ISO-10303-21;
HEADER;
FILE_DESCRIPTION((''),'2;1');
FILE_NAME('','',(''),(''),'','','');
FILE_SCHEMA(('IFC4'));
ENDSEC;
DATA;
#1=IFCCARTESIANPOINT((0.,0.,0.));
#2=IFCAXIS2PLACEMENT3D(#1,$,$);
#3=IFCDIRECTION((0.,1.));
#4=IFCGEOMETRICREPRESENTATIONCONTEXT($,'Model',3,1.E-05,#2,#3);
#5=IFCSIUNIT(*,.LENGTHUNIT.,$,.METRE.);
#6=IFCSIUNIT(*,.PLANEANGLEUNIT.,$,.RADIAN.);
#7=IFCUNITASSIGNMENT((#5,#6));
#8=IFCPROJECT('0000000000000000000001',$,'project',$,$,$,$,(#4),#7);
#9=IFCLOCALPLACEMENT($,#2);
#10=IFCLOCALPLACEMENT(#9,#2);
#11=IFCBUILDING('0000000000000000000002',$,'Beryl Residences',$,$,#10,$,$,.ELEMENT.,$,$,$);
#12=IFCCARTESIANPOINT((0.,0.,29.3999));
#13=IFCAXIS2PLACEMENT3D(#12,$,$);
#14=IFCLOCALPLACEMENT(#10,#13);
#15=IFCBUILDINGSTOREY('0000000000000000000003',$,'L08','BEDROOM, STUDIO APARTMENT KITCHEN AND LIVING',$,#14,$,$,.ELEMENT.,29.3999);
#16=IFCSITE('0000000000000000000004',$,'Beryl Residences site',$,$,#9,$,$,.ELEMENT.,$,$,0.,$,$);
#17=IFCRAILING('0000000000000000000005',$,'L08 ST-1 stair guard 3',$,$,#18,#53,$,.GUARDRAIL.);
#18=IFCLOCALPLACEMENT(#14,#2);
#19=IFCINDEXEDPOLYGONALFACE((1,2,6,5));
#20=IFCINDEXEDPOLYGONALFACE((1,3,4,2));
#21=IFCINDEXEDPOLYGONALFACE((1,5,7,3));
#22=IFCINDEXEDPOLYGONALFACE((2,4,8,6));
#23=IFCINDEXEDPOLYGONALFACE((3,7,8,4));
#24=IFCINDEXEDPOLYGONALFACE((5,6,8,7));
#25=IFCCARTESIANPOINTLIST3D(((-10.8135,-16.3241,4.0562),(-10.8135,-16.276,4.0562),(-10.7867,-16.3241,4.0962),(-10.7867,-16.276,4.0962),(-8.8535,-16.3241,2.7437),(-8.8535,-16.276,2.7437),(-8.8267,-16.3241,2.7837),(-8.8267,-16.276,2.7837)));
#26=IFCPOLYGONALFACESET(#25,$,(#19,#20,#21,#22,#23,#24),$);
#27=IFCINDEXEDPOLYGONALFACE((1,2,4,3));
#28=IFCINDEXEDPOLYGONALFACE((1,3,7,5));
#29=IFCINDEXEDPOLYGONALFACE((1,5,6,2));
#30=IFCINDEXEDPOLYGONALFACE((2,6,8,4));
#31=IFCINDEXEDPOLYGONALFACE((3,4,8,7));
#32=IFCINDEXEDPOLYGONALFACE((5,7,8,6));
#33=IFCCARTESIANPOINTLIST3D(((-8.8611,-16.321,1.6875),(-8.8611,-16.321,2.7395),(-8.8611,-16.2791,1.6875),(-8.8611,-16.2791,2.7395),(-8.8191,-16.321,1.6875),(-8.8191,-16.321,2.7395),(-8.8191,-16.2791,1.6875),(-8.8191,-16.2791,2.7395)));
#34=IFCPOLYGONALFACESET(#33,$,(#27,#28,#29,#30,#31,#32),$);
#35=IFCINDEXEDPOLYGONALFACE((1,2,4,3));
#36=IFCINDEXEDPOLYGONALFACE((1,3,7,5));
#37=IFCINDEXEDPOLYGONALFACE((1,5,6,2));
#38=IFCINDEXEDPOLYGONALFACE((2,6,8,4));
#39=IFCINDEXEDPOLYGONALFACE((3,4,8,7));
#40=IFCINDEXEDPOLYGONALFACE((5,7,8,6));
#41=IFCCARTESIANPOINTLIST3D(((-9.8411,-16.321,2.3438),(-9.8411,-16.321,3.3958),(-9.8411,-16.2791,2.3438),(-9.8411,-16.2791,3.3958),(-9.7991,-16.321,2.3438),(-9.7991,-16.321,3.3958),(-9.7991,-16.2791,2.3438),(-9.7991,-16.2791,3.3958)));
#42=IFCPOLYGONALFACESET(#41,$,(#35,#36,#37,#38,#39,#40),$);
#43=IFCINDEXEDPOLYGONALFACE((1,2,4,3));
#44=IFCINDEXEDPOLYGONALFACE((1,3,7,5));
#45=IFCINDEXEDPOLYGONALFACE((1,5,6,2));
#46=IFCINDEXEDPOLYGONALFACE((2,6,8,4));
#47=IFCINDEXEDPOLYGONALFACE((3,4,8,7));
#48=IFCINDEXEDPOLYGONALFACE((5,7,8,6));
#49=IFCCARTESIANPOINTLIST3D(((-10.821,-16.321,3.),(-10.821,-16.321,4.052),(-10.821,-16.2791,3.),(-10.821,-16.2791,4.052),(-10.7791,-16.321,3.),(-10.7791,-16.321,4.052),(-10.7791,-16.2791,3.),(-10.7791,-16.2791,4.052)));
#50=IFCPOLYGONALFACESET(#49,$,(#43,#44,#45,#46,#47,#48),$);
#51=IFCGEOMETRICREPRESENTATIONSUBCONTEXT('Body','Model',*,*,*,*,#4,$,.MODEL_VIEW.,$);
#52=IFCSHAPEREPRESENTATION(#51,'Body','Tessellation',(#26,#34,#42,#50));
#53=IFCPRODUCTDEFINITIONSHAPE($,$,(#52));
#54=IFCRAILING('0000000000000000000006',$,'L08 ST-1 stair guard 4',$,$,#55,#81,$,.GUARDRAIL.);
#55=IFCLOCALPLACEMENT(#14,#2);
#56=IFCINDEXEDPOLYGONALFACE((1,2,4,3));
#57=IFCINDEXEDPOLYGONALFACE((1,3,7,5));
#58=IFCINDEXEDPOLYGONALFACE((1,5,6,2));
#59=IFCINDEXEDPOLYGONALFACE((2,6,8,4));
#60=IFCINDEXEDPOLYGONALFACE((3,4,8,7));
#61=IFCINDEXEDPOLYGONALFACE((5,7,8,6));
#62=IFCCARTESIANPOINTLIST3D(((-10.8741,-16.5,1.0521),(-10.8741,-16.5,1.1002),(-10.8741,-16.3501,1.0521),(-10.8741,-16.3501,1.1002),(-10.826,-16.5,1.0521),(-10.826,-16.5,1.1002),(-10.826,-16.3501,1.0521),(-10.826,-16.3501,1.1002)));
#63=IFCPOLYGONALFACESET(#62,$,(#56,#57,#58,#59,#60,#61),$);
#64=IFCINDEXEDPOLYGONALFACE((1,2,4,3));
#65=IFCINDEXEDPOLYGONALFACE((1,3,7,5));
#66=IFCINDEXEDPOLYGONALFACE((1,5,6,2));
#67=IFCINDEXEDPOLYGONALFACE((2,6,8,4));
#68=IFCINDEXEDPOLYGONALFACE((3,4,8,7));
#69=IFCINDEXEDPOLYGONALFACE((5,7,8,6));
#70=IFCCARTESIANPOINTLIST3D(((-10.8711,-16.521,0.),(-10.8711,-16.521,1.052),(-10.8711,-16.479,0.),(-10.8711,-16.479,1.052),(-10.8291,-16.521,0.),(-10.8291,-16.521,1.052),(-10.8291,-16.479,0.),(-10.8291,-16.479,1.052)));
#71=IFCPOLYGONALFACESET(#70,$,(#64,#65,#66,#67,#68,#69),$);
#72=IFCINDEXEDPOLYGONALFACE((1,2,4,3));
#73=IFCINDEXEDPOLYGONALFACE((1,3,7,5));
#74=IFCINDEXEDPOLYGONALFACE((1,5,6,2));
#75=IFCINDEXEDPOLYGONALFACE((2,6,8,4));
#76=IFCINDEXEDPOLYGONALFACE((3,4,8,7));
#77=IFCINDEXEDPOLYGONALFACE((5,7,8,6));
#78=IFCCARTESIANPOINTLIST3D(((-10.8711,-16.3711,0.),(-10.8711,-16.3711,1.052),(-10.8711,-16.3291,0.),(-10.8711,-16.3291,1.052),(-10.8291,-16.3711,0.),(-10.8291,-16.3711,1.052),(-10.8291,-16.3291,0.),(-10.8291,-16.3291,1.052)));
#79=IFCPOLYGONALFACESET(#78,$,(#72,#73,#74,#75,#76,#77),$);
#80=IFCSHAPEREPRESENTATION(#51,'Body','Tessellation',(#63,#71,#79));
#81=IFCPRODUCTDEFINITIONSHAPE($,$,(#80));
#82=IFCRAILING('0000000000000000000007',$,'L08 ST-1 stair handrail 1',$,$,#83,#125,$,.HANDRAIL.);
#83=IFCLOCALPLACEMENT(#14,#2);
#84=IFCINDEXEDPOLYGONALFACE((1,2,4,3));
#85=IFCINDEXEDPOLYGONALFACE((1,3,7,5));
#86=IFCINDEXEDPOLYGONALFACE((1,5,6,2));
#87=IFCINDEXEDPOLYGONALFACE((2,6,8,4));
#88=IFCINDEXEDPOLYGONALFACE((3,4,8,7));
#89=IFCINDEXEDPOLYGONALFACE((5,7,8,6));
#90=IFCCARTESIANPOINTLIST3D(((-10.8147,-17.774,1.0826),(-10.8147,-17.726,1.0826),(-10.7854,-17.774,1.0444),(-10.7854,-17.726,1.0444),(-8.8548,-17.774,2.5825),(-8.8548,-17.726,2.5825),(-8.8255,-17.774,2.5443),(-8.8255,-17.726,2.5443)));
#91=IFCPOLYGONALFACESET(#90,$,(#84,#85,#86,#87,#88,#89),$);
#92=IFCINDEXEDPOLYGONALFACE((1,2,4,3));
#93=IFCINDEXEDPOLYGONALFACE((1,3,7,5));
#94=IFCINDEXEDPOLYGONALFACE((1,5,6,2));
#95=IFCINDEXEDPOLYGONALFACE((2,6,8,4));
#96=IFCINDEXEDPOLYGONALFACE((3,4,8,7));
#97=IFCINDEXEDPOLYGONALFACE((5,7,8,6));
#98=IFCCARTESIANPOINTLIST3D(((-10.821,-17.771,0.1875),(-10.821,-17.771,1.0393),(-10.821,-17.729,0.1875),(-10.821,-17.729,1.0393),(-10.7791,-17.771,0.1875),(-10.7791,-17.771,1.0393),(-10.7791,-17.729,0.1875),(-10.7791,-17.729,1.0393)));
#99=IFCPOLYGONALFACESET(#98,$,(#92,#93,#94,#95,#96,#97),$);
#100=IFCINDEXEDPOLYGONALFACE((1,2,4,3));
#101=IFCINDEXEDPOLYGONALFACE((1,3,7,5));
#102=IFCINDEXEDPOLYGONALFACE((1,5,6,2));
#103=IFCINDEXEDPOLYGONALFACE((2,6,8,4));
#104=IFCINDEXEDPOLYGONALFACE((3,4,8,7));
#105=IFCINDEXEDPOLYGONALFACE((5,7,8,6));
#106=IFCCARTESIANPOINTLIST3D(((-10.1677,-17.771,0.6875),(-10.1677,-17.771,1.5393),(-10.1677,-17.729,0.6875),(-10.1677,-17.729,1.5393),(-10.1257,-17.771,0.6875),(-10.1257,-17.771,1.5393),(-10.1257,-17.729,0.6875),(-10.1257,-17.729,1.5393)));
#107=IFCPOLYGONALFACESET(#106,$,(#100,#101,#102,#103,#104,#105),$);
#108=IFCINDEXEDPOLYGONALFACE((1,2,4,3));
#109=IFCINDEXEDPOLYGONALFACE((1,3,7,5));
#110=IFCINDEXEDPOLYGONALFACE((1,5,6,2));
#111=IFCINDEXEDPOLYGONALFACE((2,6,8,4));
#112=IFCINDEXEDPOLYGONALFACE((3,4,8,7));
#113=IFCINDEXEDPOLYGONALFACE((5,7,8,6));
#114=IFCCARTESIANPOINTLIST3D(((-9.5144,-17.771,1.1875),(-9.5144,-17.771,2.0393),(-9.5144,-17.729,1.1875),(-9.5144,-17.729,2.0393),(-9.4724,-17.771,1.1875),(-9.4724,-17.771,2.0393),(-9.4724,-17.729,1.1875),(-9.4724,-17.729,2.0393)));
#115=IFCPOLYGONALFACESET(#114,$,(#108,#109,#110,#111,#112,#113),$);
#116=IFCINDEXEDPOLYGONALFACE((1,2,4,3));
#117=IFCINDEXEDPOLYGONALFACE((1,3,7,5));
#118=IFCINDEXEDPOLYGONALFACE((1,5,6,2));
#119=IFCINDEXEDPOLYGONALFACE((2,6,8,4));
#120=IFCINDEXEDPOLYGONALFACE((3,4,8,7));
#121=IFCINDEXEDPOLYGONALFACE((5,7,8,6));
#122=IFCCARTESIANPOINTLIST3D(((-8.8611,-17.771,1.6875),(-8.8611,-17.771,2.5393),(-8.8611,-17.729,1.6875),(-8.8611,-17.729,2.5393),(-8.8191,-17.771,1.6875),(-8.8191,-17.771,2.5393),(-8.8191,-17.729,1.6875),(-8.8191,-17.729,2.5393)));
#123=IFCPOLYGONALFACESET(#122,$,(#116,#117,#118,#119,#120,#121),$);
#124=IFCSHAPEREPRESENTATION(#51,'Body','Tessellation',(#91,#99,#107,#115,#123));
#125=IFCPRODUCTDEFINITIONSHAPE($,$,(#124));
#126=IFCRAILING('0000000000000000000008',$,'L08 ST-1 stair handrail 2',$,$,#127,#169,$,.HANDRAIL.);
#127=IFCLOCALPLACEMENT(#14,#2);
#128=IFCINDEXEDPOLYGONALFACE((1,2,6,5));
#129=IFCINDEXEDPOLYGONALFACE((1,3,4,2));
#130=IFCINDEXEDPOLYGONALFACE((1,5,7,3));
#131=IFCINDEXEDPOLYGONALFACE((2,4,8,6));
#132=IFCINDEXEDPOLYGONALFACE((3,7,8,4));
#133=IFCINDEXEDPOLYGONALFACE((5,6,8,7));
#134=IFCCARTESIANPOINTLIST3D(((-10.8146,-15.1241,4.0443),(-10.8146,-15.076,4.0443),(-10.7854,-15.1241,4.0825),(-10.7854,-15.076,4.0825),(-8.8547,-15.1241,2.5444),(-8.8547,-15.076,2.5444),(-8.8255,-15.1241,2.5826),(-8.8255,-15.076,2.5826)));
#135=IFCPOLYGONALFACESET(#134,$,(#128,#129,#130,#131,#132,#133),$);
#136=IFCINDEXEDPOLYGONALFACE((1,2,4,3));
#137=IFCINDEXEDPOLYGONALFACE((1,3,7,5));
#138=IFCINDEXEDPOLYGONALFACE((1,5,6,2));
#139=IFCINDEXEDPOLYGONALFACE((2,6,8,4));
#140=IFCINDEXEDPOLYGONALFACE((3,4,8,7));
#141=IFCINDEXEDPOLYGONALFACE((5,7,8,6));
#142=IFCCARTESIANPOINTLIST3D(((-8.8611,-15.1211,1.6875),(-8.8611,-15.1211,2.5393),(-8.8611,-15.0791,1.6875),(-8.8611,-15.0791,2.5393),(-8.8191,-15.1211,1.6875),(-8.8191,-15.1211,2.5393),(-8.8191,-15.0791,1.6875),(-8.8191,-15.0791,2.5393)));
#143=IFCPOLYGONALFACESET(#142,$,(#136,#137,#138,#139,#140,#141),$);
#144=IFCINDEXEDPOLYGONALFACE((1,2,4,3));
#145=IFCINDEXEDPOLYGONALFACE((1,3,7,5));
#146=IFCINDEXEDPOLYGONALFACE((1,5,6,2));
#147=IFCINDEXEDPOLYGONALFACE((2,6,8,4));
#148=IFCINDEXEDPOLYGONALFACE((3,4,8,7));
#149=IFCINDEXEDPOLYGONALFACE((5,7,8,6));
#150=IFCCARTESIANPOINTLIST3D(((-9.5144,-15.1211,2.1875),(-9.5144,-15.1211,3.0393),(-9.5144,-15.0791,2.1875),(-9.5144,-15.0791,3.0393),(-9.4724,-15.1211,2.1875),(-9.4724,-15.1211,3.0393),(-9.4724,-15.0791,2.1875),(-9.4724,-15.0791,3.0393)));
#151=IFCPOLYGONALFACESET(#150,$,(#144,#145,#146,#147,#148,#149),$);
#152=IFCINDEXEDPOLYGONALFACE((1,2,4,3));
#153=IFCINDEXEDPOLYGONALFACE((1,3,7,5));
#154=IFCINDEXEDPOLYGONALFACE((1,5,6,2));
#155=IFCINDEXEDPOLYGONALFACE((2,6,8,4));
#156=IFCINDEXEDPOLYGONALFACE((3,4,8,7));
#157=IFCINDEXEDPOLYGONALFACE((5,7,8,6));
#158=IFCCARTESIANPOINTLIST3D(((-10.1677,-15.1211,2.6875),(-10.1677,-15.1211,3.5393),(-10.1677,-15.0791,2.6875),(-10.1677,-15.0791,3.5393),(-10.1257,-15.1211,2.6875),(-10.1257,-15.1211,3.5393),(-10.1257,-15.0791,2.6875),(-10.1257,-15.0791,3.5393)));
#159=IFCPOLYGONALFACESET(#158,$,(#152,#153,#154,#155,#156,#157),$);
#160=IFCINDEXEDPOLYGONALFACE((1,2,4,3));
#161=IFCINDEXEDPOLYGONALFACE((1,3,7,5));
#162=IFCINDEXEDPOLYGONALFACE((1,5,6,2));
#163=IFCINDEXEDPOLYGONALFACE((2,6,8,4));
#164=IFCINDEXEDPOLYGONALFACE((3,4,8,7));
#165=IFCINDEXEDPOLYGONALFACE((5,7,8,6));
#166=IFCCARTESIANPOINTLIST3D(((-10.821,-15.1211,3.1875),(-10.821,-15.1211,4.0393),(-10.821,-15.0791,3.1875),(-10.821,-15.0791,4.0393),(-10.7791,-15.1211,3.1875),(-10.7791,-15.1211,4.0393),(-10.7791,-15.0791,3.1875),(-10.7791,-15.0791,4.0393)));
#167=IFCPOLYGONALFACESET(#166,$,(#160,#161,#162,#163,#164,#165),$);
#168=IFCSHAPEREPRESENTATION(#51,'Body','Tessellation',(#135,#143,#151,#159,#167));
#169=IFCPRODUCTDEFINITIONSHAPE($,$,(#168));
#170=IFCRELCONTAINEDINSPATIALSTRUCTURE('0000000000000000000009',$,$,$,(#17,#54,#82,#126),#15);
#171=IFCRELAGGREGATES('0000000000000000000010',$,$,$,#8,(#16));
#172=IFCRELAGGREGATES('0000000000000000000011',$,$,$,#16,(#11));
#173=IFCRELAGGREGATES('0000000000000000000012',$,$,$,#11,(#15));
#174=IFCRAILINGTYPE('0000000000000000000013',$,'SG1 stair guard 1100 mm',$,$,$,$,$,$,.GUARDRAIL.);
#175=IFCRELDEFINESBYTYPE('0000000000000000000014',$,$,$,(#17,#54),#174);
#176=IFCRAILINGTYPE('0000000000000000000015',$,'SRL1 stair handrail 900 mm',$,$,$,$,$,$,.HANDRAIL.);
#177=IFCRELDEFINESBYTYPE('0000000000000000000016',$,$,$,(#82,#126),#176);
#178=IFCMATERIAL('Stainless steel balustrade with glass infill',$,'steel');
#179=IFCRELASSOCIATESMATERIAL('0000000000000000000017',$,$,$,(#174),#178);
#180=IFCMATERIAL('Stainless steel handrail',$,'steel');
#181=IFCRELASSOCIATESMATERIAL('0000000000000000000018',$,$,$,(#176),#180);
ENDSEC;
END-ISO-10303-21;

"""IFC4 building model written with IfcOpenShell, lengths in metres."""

from ifc_helpers import new_model, si_unit, direction, frame, origin, origin_2d, place, context, subcontext, project, spatial, rectangle, extrude, material, type_object, element, save


model = new_model("IFC4")

# Units and contexts
model_context = context("Model", 3, precision=1e-05, world=origin(), true_north=direction((0.0, 1.0)))
body_context = subcontext(model_context, "Body", "Model", "MODEL_VIEW")
ifc_project = project(units=[si_unit("LENGTHUNIT", "METRE"), si_unit("PLANEANGLEUNIT", "RADIAN")], contexts=[model_context])

# Site, building, storey
site_placement = place(None, origin())
site = spatial("IfcSite", under=ifc_project, at=site_placement, Name="Beryl Residences site", CompositionType="ELEMENT", RefElevation=0.0)
building_placement = place(site_placement, origin())
building = spatial("IfcBuilding", under=site, at=building_placement, Name="Beryl Residences", CompositionType="ELEMENT")
storey_placement = place(building_placement, frame((0.0, 0.0, 29.3999)))
storey = spatial("IfcBuildingStorey", under=building, at=storey_placement, Name="L08", Description="BEDROOM, STUDIO APARTMENT KITCHEN AND LIVING", CompositionType="ELEMENT", Elevation=29.3999)

# Railings
ifc_material_1 = material(Name="Stainless steel balustrade with glass infill", Category="steel")
railing_type_1 = type_object("IfcRailingType", Name="SG1 stair guard 1100 mm", PredefinedType="GUARDRAIL", material=ifc_material_1)
railing_1_placement = place(storey_placement, frame((-8.8401, -16.3, 1.6875)))
element("IfcRailing", 1, at=railing_1_placement, inside=storey, type_object=railing_type_1, Name="L08 ST-1 stair guard 3", PredefinedType="GUARDRAIL", context=body_context, shape_type="SweptSolid", body=[
    extrude(rectangle(XDim=0.0481, YDim=0.0481, at=origin_2d()), frame((0.0, 0.0, 1.0762), z_axis=(-0.830902, 0.0, 0.556419), x_axis=(0.0, -1.0, 0.0)), (0.0, 0.0, 1.0), 2.3589),
    extrude(rectangle(XDim=0.042, YDim=0.042, at=origin_2d()), origin(), (0.0, 0.0, 1.0), 1.052),
    extrude(rectangle(XDim=0.042, YDim=0.042, at=origin_2d()), frame((-0.98, 0.0, 0.6562)), (0.0, 0.0, 1.0), 1.052),
    extrude(rectangle(XDim=0.042, YDim=0.042, at=origin_2d()), frame((-1.96, 0.0, 1.3125)), (0.0, 0.0, 1.0), 1.052),
])
railing_2_placement = place(storey_placement, frame((-10.8501, -16.5, 0.0)))
element("IfcRailing", 2, at=railing_2_placement, inside=storey, type_object=railing_type_1, Name="L08 ST-1 stair guard 4", PredefinedType="GUARDRAIL", context=body_context, shape_type="SweptSolid", body=[
    extrude(rectangle(XDim=0.0481, YDim=0.0481, at=origin_2d()), frame((0.0, 0.0, 1.0762), z_axis=(0.0, 1.0, 0.0), x_axis=(-1.0, 0.0, 0.0)), (0.0, 0.0, 1.0), 0.1499),
    extrude(rectangle(XDim=0.042, YDim=0.042, at=origin_2d()), origin(), (0.0, 0.0, 1.0), 1.052),
    extrude(rectangle(XDim=0.042, YDim=0.042, at=origin_2d()), frame((0.0, 0.1499, 0.0)), (0.0, 0.0, 1.0), 1.052),
])
ifc_material_2 = material(Name="Stainless steel handrail", Category="steel")
railing_type_2 = type_object("IfcRailingType", Name="SRL1 stair handrail 900 mm", PredefinedType="HANDRAIL", material=ifc_material_2)
railing_3_placement = place(storey_placement, frame((-10.8, -17.75, 0.1875)))
element("IfcRailing", 3, at=railing_3_placement, inside=storey, type_object=railing_type_2, Name="L08 ST-1 stair handrail 1", PredefinedType="HANDRAIL", context=body_context, shape_type="SweptSolid", body=[
    extrude(rectangle(XDim=0.0481, YDim=0.0481, at=origin_2d()), frame((0.0, 0.0, 0.876), z_axis=(0.794122, 0.0, 0.607758), x_axis=(0.0, 1.0, 0.0)), (0.0, 0.0, 1.0), 2.468),
    extrude(rectangle(XDim=0.042, YDim=0.042, at=origin_2d()), origin(), (0.0, 0.0, 1.0), 0.8518),
    extrude(rectangle(XDim=0.042, YDim=0.042, at=origin_2d()), frame((0.6533, 0.0, 0.5)), (0.0, 0.0, 1.0), 0.8518),
    extrude(rectangle(XDim=0.042, YDim=0.042, at=origin_2d()), frame((1.3066, 0.0, 1.0)), (0.0, 0.0, 1.0), 0.8518),
    extrude(rectangle(XDim=0.042, YDim=0.042, at=origin_2d()), frame((1.96, 0.0, 1.5)), (0.0, 0.0, 1.0), 0.8518),
])
railing_4_placement = place(storey_placement, frame((-8.8401, -15.1001, 1.6875)))
element("IfcRailing", 4, at=railing_4_placement, inside=storey, type_object=railing_type_2, Name="L08 ST-1 stair handrail 2", PredefinedType="HANDRAIL", context=body_context, shape_type="SweptSolid", body=[
    extrude(rectangle(XDim=0.0481, YDim=0.0481, at=origin_2d()), frame((0.0, 0.0, 0.876), z_axis=(-0.794122, 0.0, 0.607758), x_axis=(0.0, -1.0, 0.0)), (0.0, 0.0, 1.0), 2.468),
    extrude(rectangle(XDim=0.042, YDim=0.042, at=origin_2d()), origin(), (0.0, 0.0, 1.0), 0.8518),
    extrude(rectangle(XDim=0.042, YDim=0.042, at=origin_2d()), frame((-0.6533, 0.0, 0.5)), (0.0, 0.0, 1.0), 0.8518),
    extrude(rectangle(XDim=0.042, YDim=0.042, at=origin_2d()), frame((-1.3066, 0.0, 1.0)), (0.0, 0.0, 1.0), 0.8518),
    extrude(rectangle(XDim=0.042, YDim=0.042, at=origin_2d()), frame((-1.96, 0.0, 1.5)), (0.0, 0.0, 1.0), 0.8518),
])

save(model, "model.ifc")
